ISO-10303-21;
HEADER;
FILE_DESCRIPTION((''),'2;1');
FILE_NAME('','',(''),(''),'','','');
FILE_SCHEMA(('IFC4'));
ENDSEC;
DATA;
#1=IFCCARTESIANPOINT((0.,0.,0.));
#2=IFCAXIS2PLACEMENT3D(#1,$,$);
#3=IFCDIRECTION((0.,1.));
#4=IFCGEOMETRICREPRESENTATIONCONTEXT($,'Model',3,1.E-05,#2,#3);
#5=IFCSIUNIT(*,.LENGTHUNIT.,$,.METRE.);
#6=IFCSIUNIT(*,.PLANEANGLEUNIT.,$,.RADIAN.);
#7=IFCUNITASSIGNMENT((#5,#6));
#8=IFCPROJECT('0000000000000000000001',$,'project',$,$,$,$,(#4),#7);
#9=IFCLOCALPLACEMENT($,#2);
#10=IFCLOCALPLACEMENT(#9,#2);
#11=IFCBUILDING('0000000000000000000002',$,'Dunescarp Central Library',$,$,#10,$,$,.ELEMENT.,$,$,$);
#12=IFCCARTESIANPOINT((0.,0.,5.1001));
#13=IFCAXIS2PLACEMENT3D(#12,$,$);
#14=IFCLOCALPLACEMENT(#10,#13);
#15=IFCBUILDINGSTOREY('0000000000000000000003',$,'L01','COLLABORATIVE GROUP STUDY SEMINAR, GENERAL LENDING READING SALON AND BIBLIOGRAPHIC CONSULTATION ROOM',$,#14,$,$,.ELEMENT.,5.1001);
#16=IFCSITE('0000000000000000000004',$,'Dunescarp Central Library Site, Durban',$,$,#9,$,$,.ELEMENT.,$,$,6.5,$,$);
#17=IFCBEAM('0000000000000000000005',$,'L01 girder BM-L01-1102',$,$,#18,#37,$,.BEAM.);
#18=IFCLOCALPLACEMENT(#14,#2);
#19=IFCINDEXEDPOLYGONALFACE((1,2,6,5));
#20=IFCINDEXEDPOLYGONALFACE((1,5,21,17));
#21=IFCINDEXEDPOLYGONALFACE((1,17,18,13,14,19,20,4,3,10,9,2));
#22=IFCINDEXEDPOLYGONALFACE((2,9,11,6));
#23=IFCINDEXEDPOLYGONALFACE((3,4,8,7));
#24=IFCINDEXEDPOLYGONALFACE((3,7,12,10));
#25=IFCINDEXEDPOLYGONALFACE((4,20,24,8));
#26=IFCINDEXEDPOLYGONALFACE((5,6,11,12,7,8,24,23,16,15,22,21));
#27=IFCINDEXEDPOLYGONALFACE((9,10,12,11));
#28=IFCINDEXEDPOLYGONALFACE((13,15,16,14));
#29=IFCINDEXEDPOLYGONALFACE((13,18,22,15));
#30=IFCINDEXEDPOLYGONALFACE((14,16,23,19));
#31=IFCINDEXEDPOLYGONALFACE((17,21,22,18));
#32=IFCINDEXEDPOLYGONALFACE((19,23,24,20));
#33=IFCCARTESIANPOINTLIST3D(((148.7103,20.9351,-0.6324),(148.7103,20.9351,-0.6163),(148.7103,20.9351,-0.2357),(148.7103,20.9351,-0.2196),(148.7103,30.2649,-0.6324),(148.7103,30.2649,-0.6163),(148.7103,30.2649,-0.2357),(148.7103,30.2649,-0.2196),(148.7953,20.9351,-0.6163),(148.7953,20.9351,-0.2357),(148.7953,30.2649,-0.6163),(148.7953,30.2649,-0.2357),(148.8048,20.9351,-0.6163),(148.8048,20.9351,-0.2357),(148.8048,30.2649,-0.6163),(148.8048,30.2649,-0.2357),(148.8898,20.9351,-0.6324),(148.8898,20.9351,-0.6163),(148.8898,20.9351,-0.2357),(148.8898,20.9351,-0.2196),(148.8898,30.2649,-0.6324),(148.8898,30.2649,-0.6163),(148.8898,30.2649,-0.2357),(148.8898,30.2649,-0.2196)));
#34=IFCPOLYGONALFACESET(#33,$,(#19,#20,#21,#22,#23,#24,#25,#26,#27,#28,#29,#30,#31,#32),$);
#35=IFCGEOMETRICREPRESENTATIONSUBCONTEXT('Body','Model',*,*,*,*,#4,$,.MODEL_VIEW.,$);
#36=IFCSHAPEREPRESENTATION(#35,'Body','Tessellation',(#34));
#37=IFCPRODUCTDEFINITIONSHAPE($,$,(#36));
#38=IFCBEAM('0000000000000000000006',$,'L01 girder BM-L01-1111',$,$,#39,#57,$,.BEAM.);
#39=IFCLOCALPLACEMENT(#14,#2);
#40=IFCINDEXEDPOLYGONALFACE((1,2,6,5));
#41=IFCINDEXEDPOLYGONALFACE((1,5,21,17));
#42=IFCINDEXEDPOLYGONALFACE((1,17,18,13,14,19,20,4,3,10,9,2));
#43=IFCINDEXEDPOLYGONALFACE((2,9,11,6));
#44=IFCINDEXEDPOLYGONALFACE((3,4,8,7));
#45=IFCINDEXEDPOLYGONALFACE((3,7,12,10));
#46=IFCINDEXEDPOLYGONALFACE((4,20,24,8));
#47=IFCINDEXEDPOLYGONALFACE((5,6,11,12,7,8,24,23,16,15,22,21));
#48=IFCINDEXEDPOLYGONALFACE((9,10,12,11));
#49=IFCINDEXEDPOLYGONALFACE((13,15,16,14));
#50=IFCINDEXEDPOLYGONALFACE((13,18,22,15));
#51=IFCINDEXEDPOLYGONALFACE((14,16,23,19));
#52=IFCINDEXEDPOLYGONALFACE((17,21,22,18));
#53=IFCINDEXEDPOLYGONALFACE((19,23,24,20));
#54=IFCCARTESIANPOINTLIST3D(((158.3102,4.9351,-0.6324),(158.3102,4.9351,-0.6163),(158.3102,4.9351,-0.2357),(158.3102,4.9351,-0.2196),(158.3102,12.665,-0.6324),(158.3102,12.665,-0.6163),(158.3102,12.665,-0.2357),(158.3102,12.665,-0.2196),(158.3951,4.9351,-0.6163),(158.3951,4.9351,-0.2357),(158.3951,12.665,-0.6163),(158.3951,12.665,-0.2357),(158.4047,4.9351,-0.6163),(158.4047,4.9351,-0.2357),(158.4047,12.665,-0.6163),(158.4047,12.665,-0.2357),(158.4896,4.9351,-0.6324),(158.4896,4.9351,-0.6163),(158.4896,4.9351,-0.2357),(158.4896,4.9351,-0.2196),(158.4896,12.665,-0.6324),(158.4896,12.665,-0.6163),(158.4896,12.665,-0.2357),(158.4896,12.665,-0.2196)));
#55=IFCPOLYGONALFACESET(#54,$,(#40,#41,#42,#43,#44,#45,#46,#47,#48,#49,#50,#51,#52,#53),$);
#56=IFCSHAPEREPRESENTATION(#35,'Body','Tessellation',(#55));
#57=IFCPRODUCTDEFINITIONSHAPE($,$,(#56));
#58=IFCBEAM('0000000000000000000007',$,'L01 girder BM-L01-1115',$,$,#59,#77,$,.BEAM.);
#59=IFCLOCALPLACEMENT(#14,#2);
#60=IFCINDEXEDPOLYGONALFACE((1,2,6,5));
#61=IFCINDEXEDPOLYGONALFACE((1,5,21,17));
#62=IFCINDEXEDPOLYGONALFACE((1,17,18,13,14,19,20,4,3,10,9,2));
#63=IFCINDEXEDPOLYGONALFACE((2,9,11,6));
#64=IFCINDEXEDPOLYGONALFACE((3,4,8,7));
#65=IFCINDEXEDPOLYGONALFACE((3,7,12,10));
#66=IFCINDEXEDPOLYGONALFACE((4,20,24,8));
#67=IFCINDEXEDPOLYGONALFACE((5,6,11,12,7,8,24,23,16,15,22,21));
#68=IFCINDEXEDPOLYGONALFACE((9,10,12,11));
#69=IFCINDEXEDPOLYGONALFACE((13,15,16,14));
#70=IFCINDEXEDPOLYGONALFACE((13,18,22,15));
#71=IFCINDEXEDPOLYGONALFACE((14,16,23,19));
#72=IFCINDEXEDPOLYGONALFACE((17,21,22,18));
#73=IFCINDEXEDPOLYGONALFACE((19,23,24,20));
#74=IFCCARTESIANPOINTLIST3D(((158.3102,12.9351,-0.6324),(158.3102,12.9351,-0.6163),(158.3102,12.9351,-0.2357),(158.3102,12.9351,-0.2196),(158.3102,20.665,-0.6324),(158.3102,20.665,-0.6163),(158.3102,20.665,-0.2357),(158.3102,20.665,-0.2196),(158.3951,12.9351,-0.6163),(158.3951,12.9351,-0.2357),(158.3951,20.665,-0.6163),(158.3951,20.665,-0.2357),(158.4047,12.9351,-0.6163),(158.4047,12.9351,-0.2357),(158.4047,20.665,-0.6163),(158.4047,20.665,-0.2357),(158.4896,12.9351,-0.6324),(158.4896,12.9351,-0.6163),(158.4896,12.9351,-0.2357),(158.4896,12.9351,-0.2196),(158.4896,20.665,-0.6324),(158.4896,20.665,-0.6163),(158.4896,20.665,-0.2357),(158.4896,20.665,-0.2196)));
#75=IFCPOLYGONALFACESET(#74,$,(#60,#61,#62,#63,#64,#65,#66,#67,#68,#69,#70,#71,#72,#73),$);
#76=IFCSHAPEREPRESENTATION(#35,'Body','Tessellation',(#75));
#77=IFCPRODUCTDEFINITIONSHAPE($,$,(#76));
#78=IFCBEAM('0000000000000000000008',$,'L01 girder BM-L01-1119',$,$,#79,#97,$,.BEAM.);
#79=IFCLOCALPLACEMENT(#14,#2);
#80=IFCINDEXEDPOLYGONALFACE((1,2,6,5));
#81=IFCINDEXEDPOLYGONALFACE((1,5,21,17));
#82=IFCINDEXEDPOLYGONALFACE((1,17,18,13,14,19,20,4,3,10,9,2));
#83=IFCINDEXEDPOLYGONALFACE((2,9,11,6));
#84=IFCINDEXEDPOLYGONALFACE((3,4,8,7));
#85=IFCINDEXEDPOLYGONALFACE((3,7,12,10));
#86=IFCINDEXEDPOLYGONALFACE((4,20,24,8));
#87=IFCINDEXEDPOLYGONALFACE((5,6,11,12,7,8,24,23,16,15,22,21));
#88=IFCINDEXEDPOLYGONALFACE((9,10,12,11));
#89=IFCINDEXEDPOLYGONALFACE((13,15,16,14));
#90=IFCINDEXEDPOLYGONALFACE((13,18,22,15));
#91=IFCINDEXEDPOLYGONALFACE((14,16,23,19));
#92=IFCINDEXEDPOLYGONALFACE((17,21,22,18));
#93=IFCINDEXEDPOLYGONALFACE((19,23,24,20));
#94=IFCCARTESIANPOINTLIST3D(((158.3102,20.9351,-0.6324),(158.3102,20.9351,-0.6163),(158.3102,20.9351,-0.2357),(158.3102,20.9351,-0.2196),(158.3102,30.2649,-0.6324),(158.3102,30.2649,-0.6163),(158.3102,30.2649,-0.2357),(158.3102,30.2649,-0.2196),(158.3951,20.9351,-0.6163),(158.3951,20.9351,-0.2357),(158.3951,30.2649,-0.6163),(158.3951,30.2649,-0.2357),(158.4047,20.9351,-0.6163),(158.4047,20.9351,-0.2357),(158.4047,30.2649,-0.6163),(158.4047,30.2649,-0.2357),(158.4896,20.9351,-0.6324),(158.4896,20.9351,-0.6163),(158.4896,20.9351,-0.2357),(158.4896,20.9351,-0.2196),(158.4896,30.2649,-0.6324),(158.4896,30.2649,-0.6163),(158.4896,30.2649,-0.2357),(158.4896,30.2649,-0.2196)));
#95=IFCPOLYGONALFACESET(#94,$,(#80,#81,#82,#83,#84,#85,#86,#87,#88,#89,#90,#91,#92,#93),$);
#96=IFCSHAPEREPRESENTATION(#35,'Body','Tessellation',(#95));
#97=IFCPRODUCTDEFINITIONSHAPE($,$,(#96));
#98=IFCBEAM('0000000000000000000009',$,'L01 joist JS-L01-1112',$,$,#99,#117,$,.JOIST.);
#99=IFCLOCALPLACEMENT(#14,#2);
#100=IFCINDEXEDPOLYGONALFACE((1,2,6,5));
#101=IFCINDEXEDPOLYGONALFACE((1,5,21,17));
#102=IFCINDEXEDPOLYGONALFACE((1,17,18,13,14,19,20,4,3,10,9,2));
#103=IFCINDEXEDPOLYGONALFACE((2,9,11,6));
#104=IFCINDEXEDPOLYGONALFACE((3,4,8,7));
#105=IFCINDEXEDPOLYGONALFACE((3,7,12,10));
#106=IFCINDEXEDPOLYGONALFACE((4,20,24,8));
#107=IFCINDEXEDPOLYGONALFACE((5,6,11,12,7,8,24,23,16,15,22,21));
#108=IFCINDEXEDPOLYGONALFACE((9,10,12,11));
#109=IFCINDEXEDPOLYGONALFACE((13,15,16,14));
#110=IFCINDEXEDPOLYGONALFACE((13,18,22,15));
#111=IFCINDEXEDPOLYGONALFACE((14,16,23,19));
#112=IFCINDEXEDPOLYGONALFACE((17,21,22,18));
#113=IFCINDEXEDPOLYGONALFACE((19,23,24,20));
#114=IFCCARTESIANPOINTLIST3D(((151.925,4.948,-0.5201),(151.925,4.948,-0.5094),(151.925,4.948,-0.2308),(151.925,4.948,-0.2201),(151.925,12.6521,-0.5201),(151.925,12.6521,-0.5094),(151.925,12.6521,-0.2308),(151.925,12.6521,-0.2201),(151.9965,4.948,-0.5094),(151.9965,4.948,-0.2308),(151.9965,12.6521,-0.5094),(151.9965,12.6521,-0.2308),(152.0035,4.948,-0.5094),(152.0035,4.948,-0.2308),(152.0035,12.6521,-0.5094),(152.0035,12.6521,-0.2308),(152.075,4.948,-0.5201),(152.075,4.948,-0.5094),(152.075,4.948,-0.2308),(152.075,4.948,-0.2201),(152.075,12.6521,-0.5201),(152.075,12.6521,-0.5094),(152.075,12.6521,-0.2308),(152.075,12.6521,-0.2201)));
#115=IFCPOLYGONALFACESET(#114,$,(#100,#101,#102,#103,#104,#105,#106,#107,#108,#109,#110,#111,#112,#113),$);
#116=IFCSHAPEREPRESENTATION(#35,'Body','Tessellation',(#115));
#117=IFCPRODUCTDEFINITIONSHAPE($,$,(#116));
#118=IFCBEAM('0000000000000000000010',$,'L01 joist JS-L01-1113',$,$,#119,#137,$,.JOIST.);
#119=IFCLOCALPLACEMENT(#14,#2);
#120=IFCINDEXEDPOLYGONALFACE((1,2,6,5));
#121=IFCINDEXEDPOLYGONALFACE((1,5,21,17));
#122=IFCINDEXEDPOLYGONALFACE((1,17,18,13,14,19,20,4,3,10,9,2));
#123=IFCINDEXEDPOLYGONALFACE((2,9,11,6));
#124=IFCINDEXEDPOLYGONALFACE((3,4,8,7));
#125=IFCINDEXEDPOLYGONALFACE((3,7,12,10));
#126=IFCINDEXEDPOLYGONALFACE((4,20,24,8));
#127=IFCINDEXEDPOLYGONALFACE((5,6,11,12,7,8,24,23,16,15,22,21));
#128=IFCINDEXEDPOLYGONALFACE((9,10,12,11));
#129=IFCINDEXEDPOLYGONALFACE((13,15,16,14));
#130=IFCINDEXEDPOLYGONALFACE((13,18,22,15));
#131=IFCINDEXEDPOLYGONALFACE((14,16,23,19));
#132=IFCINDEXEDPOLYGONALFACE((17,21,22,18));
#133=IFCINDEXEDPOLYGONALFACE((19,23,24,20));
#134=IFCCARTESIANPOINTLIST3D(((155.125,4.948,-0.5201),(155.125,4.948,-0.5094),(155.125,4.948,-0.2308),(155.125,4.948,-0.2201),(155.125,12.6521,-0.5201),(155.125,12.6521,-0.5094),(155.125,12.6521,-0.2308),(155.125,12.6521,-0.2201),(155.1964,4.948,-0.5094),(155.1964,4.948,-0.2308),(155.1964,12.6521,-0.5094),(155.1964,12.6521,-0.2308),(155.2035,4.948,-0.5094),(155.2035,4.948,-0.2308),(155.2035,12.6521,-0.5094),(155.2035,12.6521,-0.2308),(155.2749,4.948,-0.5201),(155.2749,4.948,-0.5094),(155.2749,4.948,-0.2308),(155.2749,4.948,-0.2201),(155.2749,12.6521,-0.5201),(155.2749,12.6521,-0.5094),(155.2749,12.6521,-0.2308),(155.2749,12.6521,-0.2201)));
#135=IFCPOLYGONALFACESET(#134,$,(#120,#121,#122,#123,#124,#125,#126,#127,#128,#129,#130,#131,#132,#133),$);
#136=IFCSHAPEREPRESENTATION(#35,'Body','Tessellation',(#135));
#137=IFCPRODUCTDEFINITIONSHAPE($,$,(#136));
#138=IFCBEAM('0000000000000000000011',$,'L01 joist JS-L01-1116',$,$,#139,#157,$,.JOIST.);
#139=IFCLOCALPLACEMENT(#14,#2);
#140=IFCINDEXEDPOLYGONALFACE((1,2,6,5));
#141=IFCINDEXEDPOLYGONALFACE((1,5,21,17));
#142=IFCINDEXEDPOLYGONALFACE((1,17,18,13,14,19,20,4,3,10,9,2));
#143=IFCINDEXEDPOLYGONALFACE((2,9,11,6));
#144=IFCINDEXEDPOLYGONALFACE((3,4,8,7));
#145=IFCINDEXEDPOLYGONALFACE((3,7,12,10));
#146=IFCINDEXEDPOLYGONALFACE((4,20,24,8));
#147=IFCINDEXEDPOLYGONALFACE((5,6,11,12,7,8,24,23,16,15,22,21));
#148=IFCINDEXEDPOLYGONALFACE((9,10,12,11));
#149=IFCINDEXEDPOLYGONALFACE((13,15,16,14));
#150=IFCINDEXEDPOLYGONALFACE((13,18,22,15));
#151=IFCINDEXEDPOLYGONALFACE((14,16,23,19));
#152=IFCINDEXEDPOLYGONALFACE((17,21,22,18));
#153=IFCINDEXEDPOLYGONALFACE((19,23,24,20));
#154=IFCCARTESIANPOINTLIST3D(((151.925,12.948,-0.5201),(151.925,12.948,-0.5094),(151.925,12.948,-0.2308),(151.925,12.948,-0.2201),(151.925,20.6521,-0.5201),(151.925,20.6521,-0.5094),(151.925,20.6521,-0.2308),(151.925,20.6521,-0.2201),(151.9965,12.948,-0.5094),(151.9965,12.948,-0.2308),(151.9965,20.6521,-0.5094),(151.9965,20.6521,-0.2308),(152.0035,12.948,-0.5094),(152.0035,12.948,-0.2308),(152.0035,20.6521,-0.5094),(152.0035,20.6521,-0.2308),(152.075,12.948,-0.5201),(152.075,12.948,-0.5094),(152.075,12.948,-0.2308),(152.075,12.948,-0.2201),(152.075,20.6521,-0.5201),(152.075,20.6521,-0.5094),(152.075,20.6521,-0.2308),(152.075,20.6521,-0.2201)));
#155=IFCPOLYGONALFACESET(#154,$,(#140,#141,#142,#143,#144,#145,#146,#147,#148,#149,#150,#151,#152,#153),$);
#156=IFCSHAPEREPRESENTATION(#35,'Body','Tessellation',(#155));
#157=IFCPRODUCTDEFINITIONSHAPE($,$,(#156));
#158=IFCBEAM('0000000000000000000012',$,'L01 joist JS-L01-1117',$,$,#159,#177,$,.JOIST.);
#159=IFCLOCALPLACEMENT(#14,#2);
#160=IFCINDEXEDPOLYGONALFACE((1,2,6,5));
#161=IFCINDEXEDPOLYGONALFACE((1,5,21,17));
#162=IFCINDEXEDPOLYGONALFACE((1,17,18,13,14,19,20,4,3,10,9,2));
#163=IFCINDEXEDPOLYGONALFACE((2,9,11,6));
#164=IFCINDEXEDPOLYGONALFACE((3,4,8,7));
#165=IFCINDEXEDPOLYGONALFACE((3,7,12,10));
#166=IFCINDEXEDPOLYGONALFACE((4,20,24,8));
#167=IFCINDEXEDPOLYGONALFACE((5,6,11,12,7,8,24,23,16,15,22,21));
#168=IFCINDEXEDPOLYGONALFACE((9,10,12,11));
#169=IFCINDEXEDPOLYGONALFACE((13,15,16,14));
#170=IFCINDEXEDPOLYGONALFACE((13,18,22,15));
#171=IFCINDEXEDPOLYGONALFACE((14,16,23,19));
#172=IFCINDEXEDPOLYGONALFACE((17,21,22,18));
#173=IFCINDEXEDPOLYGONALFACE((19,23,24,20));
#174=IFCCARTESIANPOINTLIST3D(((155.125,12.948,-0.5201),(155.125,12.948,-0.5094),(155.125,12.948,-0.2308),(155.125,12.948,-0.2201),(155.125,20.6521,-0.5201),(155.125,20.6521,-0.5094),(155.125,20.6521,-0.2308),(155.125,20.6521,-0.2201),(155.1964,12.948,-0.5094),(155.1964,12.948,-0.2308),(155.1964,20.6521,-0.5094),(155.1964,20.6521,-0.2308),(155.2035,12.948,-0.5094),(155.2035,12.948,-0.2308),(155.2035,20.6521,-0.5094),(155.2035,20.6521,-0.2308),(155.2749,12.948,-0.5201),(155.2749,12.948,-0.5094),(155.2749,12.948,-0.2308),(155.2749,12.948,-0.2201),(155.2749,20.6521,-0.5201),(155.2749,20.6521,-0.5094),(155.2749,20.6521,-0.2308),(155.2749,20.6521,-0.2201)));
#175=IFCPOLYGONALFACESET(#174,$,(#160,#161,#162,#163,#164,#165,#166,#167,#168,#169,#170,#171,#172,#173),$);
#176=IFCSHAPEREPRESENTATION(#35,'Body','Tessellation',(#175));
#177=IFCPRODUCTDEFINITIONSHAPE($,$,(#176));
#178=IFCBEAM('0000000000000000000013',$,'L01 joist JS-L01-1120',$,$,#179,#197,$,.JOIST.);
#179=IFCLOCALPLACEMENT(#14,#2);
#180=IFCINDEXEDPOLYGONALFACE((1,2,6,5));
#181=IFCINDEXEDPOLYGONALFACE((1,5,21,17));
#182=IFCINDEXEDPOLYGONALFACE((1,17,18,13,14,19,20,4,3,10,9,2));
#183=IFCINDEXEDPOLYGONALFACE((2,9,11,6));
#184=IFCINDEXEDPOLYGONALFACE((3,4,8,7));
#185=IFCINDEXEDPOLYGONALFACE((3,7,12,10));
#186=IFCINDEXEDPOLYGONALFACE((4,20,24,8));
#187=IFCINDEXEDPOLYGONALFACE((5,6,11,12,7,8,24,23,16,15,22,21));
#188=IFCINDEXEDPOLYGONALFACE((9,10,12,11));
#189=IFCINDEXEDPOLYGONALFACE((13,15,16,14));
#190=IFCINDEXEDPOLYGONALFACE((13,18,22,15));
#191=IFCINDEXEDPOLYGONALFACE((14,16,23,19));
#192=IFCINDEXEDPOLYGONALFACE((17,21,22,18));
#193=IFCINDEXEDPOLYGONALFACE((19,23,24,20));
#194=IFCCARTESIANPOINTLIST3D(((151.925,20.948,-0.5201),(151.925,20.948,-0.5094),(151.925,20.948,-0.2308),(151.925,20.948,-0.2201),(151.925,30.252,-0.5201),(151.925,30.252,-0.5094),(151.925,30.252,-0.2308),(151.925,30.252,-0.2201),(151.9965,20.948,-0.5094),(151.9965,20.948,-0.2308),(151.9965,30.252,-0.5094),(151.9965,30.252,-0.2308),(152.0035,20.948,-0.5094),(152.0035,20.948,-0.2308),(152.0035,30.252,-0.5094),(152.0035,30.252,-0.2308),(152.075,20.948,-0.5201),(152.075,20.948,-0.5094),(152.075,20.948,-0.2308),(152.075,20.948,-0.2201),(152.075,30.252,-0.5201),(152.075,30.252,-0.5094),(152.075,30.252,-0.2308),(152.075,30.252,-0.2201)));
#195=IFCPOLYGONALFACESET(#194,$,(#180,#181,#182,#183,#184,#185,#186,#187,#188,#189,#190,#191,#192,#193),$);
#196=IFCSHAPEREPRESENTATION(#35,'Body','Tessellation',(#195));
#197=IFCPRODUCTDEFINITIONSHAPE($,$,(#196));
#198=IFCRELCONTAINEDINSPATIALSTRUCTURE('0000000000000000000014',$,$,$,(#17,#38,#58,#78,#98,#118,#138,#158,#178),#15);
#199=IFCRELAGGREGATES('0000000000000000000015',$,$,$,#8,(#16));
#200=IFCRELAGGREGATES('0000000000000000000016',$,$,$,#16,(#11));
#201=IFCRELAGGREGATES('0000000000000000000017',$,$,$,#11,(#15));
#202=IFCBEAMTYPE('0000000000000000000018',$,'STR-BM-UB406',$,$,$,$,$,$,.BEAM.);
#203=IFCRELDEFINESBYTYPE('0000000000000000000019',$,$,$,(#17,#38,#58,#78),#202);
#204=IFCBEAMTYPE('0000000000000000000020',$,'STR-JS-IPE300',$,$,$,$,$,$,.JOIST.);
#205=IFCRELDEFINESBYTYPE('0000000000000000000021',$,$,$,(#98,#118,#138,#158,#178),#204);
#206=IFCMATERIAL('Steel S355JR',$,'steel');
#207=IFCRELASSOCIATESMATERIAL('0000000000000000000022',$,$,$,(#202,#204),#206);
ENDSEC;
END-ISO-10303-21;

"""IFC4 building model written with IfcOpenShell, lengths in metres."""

from ifc_helpers import new_model, si_unit, direction, frame, origin, origin_2d, place, context, subcontext, project, spatial, i_section, extrude, material, material_profile, profile_set, type_object, element, save


model = new_model("IFC4")

# Units and contexts
model_context = context("Model", 3, precision=1e-05, world=origin(), true_north=direction((0.0, 1.0)))
body_context = subcontext(model_context, "Body", "Model", "MODEL_VIEW")
ifc_project = project(units=[si_unit("LENGTHUNIT", "METRE"), si_unit("PLANEANGLEUNIT", "RADIAN")], contexts=[model_context])

# Site, building, storey
site_placement = place(None, origin())
site = spatial("IfcSite", under=ifc_project, at=site_placement, Name="Dunescarp Central Library Site, Durban", CompositionType="ELEMENT", RefElevation=6.5)
building_placement = place(site_placement, origin())
building = spatial("IfcBuilding", under=site, at=building_placement, Name="Dunescarp Central Library", CompositionType="ELEMENT")
storey_placement = place(building_placement, frame((0.0, 0.0, 5.1001)))
storey = spatial("IfcBuildingStorey", under=building, at=storey_placement, Name="L01", Description="COLLABORATIVE GROUP STUDY SEMINAR, GENERAL LENDING READING SALON AND BIBLIOGRAPHIC CONSULTATION ROOM", CompositionType="ELEMENT", Elevation=5.1001)

# Shared definitions
ifc_material_1 = material(Name="Steel S355JR", Category="steel")

# Beams
ifc_material_profile_1 = material_profile(ifc_material_1, i_section(OverallWidth=0.1794, OverallDepth=0.4128, WebThickness=0.0095, FlangeThickness=0.0161, at=origin_2d()), Name="UB 406x178x74")
ifc_profile_set_1 = profile_set([ifc_material_profile_1], Name="Steel S355JR")
beam_type_1 = type_object("IfcBeamType", Name="STR-BM-UB406", PredefinedType="BEAM", material=ifc_profile_set_1)
beam_1_placement = place(storey_placement, frame((148.8, 20.9351, -0.426), z_axis=(0.0, 1.0, 0.0), x_axis=(-1.0, 0.0, 0.0)))
element("IfcBeam", 1, at=beam_1_placement, inside=storey, type_object=beam_type_1, Name="L01 girder BM-L01-1102", PredefinedType="BEAM", context=body_context, shape_type="SweptSolid", body=[
    extrude(i_section(OverallWidth=0.1794, OverallDepth=0.4128, WebThickness=0.0095, FlangeThickness=0.0161, at=origin_2d()), origin(), (0.0, 0.0, 1.0), 9.3298),
])
for number, where, z_axis, x_axis, name in (
    (2, (158.3999, 4.9351, -0.426), (0.0, 1.0, 0.0), (-1.0, 0.0, 0.0), "L01 girder BM-L01-1111"),
    (3, (158.3999, 12.9351, -0.426), (0.0, 1.0, 0.0), (-1.0, 0.0, 0.0), "L01 girder BM-L01-1115"),
):
    element("IfcBeam", number, at=place(storey_placement, frame(where, z_axis=z_axis, x_axis=x_axis)), inside=storey, type_object=beam_type_1, Name=name, PredefinedType="BEAM", context=body_context, shape_type="SweptSolid", body=[
        extrude(i_section(OverallWidth=0.1794, OverallDepth=0.4128, WebThickness=0.0095, FlangeThickness=0.0161, at=origin_2d()), origin(), (0.0, 0.0, 1.0), 7.73),
    ])
beam_2_placement = place(storey_placement, frame((158.3999, 20.9351, -0.426), z_axis=(0.0, 1.0, 0.0), x_axis=(-1.0, 0.0, 0.0)))
element("IfcBeam", 4, at=beam_2_placement, inside=storey, type_object=beam_type_1, Name="L01 girder BM-L01-1119", PredefinedType="BEAM", context=body_context, shape_type="SweptSolid", body=[
    extrude(i_section(OverallWidth=0.1794, OverallDepth=0.4128, WebThickness=0.0095, FlangeThickness=0.0161, at=origin_2d()), origin(), (0.0, 0.0, 1.0), 9.3298),
])
ifc_material_profile_2 = material_profile(ifc_material_1, i_section(OverallWidth=0.1499, OverallDepth=0.3, WebThickness=0.0071, FlangeThickness=0.0107, at=origin_2d()), Name="IPE 300")
ifc_profile_set_2 = profile_set([ifc_material_profile_2], Name="Steel S355JR")
beam_type_2 = type_object("IfcBeamType", Name="STR-JS-IPE300", PredefinedType="JOIST", material=ifc_profile_set_2)
for number, where, z_axis, x_axis, name in (
    (5, (152.0, 4.948, -0.3701), (0.0, 1.0, 0.0), (-1.0, 0.0, 0.0), "L01 joist JS-L01-1112"),
    (6, (155.2, 4.948, -0.3701), (0.0, 1.0, 0.0), (-1.0, 0.0, 0.0), "L01 joist JS-L01-1113"),
    (7, (152.0, 12.948, -0.3701), (0.0, 1.0, 0.0), (-1.0, 0.0, 0.0), "L01 joist JS-L01-1116"),
    (8, (155.2, 12.948, -0.3701), (0.0, 1.0, 0.0), (-1.0, 0.0, 0.0), "L01 joist JS-L01-1117"),
):
    element("IfcBeam", number, at=place(storey_placement, frame(where, z_axis=z_axis, x_axis=x_axis)), inside=storey, type_object=beam_type_2, Name=name, PredefinedType="JOIST", context=body_context, shape_type="SweptSolid", body=[
        extrude(i_section(OverallWidth=0.1499, OverallDepth=0.3, WebThickness=0.0071, FlangeThickness=0.0107, at=origin_2d()), origin(), (0.0, 0.0, 1.0), 7.7041),
    ])
for number, where, z_axis, x_axis, name in (
    (9, (152.0, 20.948, -0.3701), (0.0, 1.0, 0.0), (-1.0, 0.0, 0.0), "L01 joist JS-L01-1120"),
):
    element("IfcBeam", number, at=place(storey_placement, frame(where, z_axis=z_axis, x_axis=x_axis)), inside=storey, type_object=beam_type_2, Name=name, PredefinedType="JOIST", context=body_context, shape_type="SweptSolid", body=[
        extrude(i_section(OverallWidth=0.1499, OverallDepth=0.3, WebThickness=0.0071, FlangeThickness=0.0107, at=origin_2d()), origin(), (0.0, 0.0, 1.0), 9.304),
    ])

save(model, "model.ifc")
